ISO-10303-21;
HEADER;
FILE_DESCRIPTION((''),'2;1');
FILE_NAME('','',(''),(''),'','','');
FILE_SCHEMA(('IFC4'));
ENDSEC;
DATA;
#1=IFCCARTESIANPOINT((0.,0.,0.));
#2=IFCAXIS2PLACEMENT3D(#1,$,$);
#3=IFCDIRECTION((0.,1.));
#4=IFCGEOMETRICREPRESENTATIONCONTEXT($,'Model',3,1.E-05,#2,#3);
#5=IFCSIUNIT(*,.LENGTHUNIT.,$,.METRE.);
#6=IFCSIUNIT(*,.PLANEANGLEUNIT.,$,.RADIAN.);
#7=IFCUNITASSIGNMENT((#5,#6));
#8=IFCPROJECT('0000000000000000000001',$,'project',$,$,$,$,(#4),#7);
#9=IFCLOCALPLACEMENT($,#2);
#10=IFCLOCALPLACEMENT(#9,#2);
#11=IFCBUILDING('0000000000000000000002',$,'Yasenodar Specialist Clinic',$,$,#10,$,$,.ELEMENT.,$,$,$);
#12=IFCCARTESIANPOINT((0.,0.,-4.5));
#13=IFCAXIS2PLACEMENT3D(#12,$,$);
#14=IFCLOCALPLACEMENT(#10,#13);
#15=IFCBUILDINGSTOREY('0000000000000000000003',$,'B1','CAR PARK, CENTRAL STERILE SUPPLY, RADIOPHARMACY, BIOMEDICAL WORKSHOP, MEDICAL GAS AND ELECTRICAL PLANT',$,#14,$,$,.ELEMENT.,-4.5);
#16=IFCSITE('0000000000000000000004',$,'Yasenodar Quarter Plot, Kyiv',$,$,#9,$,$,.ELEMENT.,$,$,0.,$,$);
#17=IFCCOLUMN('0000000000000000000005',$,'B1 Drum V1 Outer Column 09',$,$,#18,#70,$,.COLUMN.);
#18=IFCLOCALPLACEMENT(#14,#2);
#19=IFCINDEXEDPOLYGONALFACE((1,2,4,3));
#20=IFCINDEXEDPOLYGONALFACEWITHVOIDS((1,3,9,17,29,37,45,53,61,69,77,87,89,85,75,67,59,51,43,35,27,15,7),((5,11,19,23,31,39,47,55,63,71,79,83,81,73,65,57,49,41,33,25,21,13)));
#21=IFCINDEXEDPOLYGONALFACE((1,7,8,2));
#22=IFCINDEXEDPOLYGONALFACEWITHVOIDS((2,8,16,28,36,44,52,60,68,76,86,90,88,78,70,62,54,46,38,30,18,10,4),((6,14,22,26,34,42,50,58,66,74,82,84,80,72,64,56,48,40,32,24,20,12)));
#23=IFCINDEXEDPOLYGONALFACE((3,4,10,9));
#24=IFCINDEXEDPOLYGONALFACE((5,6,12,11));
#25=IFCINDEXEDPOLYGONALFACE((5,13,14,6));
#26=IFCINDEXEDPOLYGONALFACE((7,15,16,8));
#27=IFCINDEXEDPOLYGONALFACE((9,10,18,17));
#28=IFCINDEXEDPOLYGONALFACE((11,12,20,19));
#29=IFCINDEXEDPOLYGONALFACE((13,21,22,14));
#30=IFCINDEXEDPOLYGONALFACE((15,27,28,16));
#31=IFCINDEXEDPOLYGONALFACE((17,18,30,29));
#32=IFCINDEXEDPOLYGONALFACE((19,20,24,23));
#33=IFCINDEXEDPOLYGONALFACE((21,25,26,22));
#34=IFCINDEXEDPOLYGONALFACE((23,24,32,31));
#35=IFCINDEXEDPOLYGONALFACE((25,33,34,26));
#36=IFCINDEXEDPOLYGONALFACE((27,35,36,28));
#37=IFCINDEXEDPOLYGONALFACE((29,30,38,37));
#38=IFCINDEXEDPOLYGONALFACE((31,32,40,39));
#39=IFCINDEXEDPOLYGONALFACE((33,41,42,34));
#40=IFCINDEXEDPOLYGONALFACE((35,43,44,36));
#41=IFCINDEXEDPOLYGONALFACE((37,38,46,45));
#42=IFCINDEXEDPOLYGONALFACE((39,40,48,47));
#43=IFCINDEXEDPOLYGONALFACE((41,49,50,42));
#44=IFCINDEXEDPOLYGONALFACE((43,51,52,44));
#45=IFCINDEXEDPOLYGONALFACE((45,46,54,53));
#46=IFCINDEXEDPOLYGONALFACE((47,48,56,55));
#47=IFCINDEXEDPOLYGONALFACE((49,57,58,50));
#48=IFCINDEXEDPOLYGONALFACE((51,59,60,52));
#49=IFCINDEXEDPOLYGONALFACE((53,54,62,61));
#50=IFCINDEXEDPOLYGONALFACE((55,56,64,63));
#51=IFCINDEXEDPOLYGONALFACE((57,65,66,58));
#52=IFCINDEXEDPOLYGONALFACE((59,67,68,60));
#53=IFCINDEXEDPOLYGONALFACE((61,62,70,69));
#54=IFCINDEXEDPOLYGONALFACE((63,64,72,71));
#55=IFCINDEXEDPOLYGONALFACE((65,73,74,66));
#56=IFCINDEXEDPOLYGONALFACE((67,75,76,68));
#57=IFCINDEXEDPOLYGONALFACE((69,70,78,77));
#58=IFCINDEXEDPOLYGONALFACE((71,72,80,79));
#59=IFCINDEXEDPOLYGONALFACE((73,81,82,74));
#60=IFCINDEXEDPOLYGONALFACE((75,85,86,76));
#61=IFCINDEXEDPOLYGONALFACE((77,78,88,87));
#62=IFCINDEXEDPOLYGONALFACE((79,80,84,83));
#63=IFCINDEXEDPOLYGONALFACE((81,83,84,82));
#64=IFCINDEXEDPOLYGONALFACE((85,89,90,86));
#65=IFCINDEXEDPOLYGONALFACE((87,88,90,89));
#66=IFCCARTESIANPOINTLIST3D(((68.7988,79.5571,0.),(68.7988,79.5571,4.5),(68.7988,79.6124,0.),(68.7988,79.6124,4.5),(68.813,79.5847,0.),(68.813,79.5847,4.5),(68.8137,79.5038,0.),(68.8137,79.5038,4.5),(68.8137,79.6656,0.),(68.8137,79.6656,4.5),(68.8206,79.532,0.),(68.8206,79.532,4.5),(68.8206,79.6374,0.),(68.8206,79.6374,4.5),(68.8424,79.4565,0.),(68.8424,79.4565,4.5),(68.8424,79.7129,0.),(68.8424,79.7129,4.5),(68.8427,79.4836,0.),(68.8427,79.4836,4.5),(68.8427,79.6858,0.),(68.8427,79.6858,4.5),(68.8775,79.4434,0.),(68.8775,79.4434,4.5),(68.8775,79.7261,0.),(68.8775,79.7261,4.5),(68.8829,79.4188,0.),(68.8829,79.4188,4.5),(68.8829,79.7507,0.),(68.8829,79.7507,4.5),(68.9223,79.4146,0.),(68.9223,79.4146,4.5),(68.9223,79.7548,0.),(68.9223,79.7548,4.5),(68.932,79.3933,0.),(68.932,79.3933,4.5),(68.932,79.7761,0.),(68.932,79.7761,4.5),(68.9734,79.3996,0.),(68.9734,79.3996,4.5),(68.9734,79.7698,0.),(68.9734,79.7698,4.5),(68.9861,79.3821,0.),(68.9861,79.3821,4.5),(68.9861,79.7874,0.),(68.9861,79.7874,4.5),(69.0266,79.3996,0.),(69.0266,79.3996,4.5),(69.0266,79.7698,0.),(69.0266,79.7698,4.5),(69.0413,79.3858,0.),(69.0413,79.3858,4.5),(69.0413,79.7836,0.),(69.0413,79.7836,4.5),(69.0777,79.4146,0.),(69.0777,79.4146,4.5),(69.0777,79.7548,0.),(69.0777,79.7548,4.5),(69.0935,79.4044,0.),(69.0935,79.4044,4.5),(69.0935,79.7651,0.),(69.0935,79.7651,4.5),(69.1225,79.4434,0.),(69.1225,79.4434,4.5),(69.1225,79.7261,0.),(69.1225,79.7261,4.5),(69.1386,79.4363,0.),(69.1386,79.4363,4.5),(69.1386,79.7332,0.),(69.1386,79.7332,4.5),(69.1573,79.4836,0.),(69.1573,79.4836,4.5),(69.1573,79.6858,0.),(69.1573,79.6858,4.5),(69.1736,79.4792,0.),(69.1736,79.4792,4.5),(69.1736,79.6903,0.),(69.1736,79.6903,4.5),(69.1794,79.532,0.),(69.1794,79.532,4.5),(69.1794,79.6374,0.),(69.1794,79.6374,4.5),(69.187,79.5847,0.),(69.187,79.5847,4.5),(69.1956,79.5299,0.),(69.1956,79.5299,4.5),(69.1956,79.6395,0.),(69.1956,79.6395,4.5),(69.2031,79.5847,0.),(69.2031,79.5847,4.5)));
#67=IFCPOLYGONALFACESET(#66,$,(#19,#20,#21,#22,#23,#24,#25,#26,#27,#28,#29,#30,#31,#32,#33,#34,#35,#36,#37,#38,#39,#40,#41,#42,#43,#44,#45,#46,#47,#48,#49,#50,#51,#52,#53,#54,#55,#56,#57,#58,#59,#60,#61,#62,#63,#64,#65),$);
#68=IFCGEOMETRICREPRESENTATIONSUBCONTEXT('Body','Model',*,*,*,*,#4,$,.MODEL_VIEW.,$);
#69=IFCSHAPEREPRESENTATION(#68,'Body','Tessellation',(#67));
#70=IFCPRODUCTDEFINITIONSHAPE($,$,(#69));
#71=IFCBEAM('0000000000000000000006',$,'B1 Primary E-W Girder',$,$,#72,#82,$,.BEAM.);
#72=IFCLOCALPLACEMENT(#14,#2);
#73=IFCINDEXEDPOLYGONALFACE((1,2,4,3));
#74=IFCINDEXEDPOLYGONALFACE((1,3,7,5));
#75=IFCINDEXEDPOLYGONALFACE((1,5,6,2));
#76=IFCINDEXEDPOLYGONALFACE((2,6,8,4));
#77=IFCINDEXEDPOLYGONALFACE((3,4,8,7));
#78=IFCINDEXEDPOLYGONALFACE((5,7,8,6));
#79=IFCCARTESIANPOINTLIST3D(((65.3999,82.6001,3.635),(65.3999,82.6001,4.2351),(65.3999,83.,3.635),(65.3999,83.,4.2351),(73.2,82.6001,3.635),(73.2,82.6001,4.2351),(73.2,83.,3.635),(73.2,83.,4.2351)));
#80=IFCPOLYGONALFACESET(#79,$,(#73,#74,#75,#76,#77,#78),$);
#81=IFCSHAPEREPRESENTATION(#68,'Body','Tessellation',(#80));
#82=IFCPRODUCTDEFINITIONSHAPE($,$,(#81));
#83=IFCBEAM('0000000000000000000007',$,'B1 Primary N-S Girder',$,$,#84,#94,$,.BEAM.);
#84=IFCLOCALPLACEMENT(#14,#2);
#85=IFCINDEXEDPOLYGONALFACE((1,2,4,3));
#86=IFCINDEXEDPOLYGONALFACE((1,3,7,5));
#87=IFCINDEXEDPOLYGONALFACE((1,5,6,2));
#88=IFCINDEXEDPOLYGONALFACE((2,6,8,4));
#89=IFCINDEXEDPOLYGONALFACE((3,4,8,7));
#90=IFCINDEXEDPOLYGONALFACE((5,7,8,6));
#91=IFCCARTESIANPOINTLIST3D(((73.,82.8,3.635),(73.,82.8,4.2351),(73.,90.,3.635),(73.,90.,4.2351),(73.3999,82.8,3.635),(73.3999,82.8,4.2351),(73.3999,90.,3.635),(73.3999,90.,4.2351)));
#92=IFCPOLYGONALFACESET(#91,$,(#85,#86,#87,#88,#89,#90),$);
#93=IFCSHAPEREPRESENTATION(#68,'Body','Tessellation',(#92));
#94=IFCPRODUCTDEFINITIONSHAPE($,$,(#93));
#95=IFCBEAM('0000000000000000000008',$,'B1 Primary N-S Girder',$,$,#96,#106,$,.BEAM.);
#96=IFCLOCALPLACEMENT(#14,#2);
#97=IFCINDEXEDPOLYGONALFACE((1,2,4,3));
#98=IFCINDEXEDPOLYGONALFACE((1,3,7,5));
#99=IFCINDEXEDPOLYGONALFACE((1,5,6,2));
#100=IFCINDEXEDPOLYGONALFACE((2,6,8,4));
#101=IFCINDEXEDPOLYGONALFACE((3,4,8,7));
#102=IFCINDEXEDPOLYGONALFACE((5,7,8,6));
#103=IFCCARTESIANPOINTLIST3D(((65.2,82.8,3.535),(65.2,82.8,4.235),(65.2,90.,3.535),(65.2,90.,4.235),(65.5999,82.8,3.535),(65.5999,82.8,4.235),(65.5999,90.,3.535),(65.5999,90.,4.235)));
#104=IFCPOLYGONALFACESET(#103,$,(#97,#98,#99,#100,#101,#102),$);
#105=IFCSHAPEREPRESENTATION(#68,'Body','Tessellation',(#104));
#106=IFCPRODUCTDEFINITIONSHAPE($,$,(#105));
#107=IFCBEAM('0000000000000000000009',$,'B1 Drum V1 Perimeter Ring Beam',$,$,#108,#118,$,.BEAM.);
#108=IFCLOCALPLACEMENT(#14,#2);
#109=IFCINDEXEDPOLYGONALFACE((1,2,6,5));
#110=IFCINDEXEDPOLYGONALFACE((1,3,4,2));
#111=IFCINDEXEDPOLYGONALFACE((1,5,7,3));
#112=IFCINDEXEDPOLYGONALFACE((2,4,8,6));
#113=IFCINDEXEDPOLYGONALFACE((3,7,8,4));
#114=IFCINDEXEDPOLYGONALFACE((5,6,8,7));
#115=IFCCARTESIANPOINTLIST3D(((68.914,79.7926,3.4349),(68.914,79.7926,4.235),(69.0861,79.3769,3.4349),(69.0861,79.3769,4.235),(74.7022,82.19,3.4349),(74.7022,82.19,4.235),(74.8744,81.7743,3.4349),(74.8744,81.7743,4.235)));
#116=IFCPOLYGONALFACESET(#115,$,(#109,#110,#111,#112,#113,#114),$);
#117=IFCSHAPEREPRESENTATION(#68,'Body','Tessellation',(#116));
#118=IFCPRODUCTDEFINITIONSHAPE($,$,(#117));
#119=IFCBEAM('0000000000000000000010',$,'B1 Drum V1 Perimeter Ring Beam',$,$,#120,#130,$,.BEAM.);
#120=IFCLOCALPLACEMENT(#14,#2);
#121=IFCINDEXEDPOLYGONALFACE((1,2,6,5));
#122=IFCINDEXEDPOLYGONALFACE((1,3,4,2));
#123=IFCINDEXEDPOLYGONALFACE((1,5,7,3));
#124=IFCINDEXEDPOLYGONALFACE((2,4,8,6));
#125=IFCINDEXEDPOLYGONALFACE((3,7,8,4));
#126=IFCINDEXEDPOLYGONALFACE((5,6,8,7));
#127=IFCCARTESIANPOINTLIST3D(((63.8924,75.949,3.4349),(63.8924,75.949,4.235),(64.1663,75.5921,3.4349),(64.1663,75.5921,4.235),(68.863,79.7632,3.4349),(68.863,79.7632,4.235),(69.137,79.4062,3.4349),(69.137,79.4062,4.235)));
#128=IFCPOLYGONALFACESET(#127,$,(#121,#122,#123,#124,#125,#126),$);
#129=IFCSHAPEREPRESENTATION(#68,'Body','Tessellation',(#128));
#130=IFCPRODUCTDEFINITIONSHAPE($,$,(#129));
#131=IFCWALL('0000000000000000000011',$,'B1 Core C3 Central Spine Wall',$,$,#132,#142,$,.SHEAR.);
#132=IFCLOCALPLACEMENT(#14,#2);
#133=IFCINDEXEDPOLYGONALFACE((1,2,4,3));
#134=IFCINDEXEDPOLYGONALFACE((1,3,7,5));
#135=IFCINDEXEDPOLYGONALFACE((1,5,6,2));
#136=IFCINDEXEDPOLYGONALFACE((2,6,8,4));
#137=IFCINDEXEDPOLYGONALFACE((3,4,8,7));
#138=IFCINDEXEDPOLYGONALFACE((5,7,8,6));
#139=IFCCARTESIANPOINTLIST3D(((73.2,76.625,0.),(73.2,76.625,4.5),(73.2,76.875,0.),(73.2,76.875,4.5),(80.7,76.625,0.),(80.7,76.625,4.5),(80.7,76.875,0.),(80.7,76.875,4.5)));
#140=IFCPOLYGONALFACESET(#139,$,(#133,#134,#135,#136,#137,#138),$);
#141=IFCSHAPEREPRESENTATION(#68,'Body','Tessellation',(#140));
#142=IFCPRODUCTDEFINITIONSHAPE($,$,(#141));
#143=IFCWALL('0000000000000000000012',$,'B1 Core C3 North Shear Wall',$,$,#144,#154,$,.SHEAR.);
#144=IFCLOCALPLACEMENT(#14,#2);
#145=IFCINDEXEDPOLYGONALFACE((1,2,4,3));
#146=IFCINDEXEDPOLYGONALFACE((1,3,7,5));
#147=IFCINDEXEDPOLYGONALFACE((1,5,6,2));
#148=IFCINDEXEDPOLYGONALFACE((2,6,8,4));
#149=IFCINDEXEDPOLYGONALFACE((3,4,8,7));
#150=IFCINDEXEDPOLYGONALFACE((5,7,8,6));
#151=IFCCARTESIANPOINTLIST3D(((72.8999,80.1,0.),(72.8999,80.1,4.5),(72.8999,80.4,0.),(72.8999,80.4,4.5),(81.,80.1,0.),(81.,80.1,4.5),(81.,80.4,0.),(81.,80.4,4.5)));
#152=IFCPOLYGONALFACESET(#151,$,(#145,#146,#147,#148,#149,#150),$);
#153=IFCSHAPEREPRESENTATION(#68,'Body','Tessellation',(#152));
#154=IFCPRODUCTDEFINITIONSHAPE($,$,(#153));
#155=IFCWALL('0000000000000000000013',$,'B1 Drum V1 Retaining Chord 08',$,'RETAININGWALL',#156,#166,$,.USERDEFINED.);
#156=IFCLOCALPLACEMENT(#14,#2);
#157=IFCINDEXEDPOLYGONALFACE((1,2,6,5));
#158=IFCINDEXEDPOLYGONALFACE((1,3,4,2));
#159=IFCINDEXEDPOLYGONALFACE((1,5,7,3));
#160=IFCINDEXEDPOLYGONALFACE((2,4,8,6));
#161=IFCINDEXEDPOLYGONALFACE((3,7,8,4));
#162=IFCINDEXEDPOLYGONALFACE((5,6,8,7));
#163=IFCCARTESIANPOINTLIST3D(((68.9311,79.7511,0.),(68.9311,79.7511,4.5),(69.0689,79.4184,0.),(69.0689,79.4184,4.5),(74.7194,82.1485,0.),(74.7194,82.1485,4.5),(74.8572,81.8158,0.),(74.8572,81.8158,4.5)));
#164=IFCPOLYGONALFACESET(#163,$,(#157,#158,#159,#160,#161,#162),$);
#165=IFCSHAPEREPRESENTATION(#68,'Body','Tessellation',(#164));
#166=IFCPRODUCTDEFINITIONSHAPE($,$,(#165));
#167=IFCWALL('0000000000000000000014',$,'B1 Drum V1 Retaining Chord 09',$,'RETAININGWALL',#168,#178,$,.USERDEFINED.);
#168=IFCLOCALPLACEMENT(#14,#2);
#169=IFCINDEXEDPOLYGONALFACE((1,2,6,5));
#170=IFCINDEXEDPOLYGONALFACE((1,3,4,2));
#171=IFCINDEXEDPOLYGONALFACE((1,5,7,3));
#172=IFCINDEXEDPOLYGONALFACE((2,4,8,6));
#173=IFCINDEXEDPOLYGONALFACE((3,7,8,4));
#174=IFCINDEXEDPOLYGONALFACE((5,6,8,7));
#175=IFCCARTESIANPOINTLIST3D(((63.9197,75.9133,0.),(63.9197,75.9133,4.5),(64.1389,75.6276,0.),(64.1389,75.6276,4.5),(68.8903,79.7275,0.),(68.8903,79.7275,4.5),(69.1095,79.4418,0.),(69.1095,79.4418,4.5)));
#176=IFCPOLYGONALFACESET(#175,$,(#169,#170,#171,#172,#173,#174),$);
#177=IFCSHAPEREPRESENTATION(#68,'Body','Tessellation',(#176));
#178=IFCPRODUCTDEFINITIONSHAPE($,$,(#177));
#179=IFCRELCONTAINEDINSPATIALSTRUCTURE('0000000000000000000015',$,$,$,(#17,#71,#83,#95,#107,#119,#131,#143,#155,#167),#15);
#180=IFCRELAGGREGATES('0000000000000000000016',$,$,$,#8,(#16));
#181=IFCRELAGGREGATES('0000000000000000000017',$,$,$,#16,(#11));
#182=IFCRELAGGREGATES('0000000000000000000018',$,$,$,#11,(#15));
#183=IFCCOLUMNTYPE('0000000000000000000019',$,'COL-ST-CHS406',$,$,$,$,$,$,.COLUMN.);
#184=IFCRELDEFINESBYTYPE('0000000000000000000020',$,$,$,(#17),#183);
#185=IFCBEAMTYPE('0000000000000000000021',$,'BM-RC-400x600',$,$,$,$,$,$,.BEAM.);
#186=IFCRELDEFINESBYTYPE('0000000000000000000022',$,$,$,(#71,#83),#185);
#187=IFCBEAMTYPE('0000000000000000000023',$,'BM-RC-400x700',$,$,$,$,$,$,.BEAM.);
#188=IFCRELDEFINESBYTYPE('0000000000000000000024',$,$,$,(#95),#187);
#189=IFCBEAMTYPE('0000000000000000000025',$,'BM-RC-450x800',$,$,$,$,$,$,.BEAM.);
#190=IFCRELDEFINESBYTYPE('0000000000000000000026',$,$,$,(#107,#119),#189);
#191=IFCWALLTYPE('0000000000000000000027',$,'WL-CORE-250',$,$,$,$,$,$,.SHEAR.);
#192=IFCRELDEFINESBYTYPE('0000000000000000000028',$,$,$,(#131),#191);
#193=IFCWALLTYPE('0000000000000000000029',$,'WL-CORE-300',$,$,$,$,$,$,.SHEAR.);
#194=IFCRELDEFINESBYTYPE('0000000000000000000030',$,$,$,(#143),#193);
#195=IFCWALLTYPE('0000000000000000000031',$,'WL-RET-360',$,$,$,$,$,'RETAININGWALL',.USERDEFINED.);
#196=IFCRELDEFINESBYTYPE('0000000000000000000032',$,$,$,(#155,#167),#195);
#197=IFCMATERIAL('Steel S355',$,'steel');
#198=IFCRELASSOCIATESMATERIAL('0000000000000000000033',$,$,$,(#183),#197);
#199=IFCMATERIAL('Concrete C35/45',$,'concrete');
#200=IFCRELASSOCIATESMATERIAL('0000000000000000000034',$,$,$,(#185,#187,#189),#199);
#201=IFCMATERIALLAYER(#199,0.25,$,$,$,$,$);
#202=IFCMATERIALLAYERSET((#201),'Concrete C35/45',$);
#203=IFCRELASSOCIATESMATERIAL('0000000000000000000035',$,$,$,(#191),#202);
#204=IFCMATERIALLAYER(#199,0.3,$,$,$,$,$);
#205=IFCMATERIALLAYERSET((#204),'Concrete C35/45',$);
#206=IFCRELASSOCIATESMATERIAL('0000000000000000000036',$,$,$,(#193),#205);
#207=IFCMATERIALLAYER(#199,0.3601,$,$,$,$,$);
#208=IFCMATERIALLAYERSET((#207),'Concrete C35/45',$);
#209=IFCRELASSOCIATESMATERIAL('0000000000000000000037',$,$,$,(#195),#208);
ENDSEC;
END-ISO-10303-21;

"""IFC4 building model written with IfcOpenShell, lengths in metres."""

from ifc_helpers import new_model, si_unit, direction, frame, frame_2d, origin, origin_2d, place, context, subcontext, project, spatial, rectangle, hollow_circle, extrude, material, layer, layer_set, material_profile, profile_set, type_object, element, save


model = new_model("IFC4")

# Units and contexts
model_context = context("Model", 3, precision=1e-05, world=origin(), true_north=direction((0.0, 1.0)))
body_context = subcontext(model_context, "Body", "Model", "MODEL_VIEW")
ifc_project = project(units=[si_unit("LENGTHUNIT", "METRE"), si_unit("PLANEANGLEUNIT", "RADIAN")], contexts=[model_context])

# Site, building, storey
site_placement = place(None, origin())
site = spatial("IfcSite", under=ifc_project, at=site_placement, Name="Yasenodar Quarter Plot, Kyiv", CompositionType="ELEMENT", RefElevation=0.0)
building_placement = place(site_placement, origin())
building = spatial("IfcBuilding", under=site, at=building_placement, Name="Yasenodar Specialist Clinic", CompositionType="ELEMENT")
storey_placement = place(building_placement, frame((0.0, 0.0, -4.5)))
storey = spatial("IfcBuildingStorey", under=building, at=storey_placement, Name="B1", Description="CAR PARK, CENTRAL STERILE SUPPLY, RADIOPHARMACY, BIOMEDICAL WORKSHOP, MEDICAL GAS AND ELECTRICAL PLANT", CompositionType="ELEMENT", Elevation=-4.5)

# Column
ifc_material_1 = material(Name="Concrete C35/45", Category="concrete")
ifc_material_2 = material(Name="Steel S355", Category="steel")
ifc_material_profile_1 = material_profile(ifc_material_2, hollow_circle(Radius=0.2031, WallThickness=0.0161, at=origin_2d()), Name="CHS 406.4x16")
ifc_profile_set_1 = profile_set([ifc_material_profile_1], Name="Steel S355")
column_type_1 = type_object("IfcColumnType", Name="COL-ST-CHS406", PredefinedType="COLUMN", material=ifc_profile_set_1)
for number, where, z_axis, x_axis, name in (
    (1, (69.0, 79.5847, 0.0), (0.0, 0.0, 1.0), (1.0, 0.0, 0.0), "B1 Drum V1 Outer Column 09"),
):
    element("IfcColumn", number, at=place(storey_placement, frame(where, z_axis=z_axis, x_axis=x_axis)), inside=storey, type_object=column_type_1, Name=name, PredefinedType="COLUMN", context=body_context, shape_type="SweptSolid", body=[
        extrude(hollow_circle(Radius=0.2031, WallThickness=0.0161, at=origin_2d()), origin(), (0.0, 0.0, 1.0), 4.5),
    ])

# Beams
ifc_material_profile_2 = material_profile(ifc_material_1, rectangle(XDim=0.3999, YDim=0.6001, at=origin_2d()), Name="RC 400x600")
ifc_profile_set_2 = profile_set([ifc_material_profile_2], Name="Concrete C35/45")
beam_type_1 = type_object("IfcBeamType", Name="BM-RC-400x600", PredefinedType="BEAM", material=ifc_profile_set_2)
beam_1_placement = place(storey_placement, frame((65.3999, 82.8, 3.9351), z_axis=(1.0, 0.0, 0.0), x_axis=(0.0, 1.0, 0.0)))
element("IfcBeam", 2, at=beam_1_placement, inside=storey, type_object=beam_type_1, Name="B1 Primary E-W Girder", PredefinedType="BEAM", context=body_context, shape_type="SweptSolid", body=[
    extrude(rectangle(XDim=0.3999, YDim=0.6001, at=origin_2d()), origin(), (0.0, 0.0, 1.0), 7.8),
])
beam_2_placement = place(storey_placement, frame((73.2, 82.8, 3.9351), z_axis=(0.0, 1.0, 0.0), x_axis=(-1.0, 0.0, 0.0)))
element("IfcBeam", 3, at=beam_2_placement, inside=storey, type_object=beam_type_1, Name="B1 Primary N-S Girder", PredefinedType="BEAM", context=body_context, shape_type="SweptSolid", body=[
    extrude(rectangle(XDim=0.3999, YDim=0.6001, at=origin_2d()), origin(), (0.0, 0.0, 1.0), 7.2),
])
ifc_material_profile_3 = material_profile(ifc_material_1, rectangle(XDim=0.3999, YDim=0.7, at=origin_2d()), Name="RC 400x700")
ifc_profile_set_3 = profile_set([ifc_material_profile_3], Name="Concrete C35/45")
beam_type_2 = type_object("IfcBeamType", Name="BM-RC-400x700", PredefinedType="BEAM", material=ifc_profile_set_3)
beam_3_placement = place(storey_placement, frame((65.3999, 82.8, 3.885), z_axis=(0.0, 1.0, 0.0), x_axis=(-1.0, 0.0, 0.0)))
element("IfcBeam", 4, at=beam_3_placement, inside=storey, type_object=beam_type_2, Name="B1 Primary N-S Girder", PredefinedType="BEAM", context=body_context, shape_type="SweptSolid", body=[
    extrude(rectangle(XDim=0.3999, YDim=0.7, at=origin_2d()), origin(), (0.0, 0.0, 1.0), 7.2),
])
ifc_material_profile_4 = material_profile(ifc_material_1, rectangle(XDim=0.45, YDim=0.8, at=origin_2d()), Name="RC 450x800")
ifc_profile_set_4 = profile_set([ifc_material_profile_4], Name="Concrete C35/45")
beam_type_3 = type_object("IfcBeamType", Name="BM-RC-450x800", PredefinedType="BEAM", material=ifc_profile_set_4)
beam_4_placement = place(storey_placement, frame((74.7883, 81.9822, 3.835), z_axis=(-0.923888, -0.382664, 0.0), x_axis=(0.382664, -0.923888, 0.0)))
element("IfcBeam", 5, at=beam_4_placement, inside=storey, type_object=beam_type_3, Name="B1 Drum V1 Perimeter Ring Beam", PredefinedType="BEAM", context=body_context, shape_type="SweptSolid", body=[
    extrude(rectangle(XDim=0.45, YDim=0.8, at=origin_2d()), origin(), (0.0, 0.0, 1.0), 6.2651),
])
beam_5_placement = place(storey_placement, frame((69.0, 79.5847, 3.835), z_axis=(-0.793349, -0.608767, 0.0), x_axis=(0.608767, -0.793349, 0.0)))
element("IfcBeam", 6, at=beam_5_placement, inside=storey, type_object=beam_type_3, Name="B1 Drum V1 Perimeter Ring Beam", PredefinedType="BEAM", context=body_context, shape_type="SweptSolid", body=[
    extrude(rectangle(XDim=0.45, YDim=0.8, at=origin_2d()), origin(), (0.0, 0.0, 1.0), 6.2654),
])

# Walls
ifc_layer_1 = layer(ifc_material_1, 0.25)
ifc_layer_set_1 = layer_set([ifc_layer_1], Name="Concrete C35/45")
wall_type_1 = type_object("IfcWallType", Name="WL-CORE-250", PredefinedType="SHEAR", material=ifc_layer_set_1)
wall_1_placement = place(storey_placement, frame((73.2, 76.75, 0.0), z_axis=(0.0, 0.0, 1.0), x_axis=(1.0, 0.0, 0.0)))
element("IfcWall", 7, at=wall_1_placement, inside=storey, type_object=wall_type_1, Name="B1 Core C3 Central Spine Wall", PredefinedType="SHEAR", context=body_context, shape_type="SweptSolid", body=[
    extrude(rectangle(XDim=7.5, YDim=0.25, at=frame_2d((3.75, 0.0))), origin(), (0.0, 0.0, 1.0), 4.5),
])
ifc_layer_2 = layer(ifc_material_1, 0.3)
ifc_layer_set_2 = layer_set([ifc_layer_2], Name="Concrete C35/45")
wall_type_2 = type_object("IfcWallType", Name="WL-CORE-300", PredefinedType="SHEAR", material=ifc_layer_set_2)
wall_2_placement = place(storey_placement, frame((72.8999, 80.25, 0.0), z_axis=(0.0, 0.0, 1.0), x_axis=(1.0, 0.0, 0.0)))
element("IfcWall", 8, at=wall_2_placement, inside=storey, type_object=wall_type_2, Name="B1 Core C3 North Shear Wall", PredefinedType="SHEAR", context=body_context, shape_type="SweptSolid", body=[
    extrude(rectangle(XDim=8.1001, YDim=0.3, at=frame_2d((4.05, 0.0))), origin(), (0.0, 0.0, 1.0), 4.5),
])
ifc_layer_3 = layer(ifc_material_1, 0.3601)
ifc_layer_set_3 = layer_set([ifc_layer_3], Name="Concrete C35/45")
wall_type_3 = type_object("IfcWallType", Name="WL-RET-360", ElementType="RETAININGWALL", PredefinedType="USERDEFINED", material=ifc_layer_set_3)
wall_3_placement = place(storey_placement, frame((74.7883, 81.9822, 0.0), z_axis=(0.0, 0.0, 1.0), x_axis=(-0.923888, -0.382664, 0.0)))
element("IfcWall", 9, at=wall_3_placement, inside=storey, type_object=wall_type_3, Name="B1 Drum V1 Retaining Chord 08", ObjectType="RETAININGWALL", PredefinedType="USERDEFINED", context=body_context, shape_type="SweptSolid", body=[
    extrude(rectangle(XDim=6.2651, YDim=0.3601, at=frame_2d((3.1326, 0.0))), origin(), (0.0, 0.0, 1.0), 4.5),
])
wall_4_placement = place(storey_placement, frame((69.0, 79.5847, 0.0), z_axis=(0.0, 0.0, 1.0), x_axis=(-0.793349, -0.608767, 0.0)))
element("IfcWall", 10, at=wall_4_placement, inside=storey, type_object=wall_type_3, Name="B1 Drum V1 Retaining Chord 09", ObjectType="RETAININGWALL", PredefinedType="USERDEFINED", context=body_context, shape_type="SweptSolid", body=[
    extrude(rectangle(XDim=6.2654, YDim=0.3601, at=frame_2d((3.1328, 0.0))), origin(), (0.0, 0.0, 1.0), 4.5),
])

save(model, "model.ifc")
